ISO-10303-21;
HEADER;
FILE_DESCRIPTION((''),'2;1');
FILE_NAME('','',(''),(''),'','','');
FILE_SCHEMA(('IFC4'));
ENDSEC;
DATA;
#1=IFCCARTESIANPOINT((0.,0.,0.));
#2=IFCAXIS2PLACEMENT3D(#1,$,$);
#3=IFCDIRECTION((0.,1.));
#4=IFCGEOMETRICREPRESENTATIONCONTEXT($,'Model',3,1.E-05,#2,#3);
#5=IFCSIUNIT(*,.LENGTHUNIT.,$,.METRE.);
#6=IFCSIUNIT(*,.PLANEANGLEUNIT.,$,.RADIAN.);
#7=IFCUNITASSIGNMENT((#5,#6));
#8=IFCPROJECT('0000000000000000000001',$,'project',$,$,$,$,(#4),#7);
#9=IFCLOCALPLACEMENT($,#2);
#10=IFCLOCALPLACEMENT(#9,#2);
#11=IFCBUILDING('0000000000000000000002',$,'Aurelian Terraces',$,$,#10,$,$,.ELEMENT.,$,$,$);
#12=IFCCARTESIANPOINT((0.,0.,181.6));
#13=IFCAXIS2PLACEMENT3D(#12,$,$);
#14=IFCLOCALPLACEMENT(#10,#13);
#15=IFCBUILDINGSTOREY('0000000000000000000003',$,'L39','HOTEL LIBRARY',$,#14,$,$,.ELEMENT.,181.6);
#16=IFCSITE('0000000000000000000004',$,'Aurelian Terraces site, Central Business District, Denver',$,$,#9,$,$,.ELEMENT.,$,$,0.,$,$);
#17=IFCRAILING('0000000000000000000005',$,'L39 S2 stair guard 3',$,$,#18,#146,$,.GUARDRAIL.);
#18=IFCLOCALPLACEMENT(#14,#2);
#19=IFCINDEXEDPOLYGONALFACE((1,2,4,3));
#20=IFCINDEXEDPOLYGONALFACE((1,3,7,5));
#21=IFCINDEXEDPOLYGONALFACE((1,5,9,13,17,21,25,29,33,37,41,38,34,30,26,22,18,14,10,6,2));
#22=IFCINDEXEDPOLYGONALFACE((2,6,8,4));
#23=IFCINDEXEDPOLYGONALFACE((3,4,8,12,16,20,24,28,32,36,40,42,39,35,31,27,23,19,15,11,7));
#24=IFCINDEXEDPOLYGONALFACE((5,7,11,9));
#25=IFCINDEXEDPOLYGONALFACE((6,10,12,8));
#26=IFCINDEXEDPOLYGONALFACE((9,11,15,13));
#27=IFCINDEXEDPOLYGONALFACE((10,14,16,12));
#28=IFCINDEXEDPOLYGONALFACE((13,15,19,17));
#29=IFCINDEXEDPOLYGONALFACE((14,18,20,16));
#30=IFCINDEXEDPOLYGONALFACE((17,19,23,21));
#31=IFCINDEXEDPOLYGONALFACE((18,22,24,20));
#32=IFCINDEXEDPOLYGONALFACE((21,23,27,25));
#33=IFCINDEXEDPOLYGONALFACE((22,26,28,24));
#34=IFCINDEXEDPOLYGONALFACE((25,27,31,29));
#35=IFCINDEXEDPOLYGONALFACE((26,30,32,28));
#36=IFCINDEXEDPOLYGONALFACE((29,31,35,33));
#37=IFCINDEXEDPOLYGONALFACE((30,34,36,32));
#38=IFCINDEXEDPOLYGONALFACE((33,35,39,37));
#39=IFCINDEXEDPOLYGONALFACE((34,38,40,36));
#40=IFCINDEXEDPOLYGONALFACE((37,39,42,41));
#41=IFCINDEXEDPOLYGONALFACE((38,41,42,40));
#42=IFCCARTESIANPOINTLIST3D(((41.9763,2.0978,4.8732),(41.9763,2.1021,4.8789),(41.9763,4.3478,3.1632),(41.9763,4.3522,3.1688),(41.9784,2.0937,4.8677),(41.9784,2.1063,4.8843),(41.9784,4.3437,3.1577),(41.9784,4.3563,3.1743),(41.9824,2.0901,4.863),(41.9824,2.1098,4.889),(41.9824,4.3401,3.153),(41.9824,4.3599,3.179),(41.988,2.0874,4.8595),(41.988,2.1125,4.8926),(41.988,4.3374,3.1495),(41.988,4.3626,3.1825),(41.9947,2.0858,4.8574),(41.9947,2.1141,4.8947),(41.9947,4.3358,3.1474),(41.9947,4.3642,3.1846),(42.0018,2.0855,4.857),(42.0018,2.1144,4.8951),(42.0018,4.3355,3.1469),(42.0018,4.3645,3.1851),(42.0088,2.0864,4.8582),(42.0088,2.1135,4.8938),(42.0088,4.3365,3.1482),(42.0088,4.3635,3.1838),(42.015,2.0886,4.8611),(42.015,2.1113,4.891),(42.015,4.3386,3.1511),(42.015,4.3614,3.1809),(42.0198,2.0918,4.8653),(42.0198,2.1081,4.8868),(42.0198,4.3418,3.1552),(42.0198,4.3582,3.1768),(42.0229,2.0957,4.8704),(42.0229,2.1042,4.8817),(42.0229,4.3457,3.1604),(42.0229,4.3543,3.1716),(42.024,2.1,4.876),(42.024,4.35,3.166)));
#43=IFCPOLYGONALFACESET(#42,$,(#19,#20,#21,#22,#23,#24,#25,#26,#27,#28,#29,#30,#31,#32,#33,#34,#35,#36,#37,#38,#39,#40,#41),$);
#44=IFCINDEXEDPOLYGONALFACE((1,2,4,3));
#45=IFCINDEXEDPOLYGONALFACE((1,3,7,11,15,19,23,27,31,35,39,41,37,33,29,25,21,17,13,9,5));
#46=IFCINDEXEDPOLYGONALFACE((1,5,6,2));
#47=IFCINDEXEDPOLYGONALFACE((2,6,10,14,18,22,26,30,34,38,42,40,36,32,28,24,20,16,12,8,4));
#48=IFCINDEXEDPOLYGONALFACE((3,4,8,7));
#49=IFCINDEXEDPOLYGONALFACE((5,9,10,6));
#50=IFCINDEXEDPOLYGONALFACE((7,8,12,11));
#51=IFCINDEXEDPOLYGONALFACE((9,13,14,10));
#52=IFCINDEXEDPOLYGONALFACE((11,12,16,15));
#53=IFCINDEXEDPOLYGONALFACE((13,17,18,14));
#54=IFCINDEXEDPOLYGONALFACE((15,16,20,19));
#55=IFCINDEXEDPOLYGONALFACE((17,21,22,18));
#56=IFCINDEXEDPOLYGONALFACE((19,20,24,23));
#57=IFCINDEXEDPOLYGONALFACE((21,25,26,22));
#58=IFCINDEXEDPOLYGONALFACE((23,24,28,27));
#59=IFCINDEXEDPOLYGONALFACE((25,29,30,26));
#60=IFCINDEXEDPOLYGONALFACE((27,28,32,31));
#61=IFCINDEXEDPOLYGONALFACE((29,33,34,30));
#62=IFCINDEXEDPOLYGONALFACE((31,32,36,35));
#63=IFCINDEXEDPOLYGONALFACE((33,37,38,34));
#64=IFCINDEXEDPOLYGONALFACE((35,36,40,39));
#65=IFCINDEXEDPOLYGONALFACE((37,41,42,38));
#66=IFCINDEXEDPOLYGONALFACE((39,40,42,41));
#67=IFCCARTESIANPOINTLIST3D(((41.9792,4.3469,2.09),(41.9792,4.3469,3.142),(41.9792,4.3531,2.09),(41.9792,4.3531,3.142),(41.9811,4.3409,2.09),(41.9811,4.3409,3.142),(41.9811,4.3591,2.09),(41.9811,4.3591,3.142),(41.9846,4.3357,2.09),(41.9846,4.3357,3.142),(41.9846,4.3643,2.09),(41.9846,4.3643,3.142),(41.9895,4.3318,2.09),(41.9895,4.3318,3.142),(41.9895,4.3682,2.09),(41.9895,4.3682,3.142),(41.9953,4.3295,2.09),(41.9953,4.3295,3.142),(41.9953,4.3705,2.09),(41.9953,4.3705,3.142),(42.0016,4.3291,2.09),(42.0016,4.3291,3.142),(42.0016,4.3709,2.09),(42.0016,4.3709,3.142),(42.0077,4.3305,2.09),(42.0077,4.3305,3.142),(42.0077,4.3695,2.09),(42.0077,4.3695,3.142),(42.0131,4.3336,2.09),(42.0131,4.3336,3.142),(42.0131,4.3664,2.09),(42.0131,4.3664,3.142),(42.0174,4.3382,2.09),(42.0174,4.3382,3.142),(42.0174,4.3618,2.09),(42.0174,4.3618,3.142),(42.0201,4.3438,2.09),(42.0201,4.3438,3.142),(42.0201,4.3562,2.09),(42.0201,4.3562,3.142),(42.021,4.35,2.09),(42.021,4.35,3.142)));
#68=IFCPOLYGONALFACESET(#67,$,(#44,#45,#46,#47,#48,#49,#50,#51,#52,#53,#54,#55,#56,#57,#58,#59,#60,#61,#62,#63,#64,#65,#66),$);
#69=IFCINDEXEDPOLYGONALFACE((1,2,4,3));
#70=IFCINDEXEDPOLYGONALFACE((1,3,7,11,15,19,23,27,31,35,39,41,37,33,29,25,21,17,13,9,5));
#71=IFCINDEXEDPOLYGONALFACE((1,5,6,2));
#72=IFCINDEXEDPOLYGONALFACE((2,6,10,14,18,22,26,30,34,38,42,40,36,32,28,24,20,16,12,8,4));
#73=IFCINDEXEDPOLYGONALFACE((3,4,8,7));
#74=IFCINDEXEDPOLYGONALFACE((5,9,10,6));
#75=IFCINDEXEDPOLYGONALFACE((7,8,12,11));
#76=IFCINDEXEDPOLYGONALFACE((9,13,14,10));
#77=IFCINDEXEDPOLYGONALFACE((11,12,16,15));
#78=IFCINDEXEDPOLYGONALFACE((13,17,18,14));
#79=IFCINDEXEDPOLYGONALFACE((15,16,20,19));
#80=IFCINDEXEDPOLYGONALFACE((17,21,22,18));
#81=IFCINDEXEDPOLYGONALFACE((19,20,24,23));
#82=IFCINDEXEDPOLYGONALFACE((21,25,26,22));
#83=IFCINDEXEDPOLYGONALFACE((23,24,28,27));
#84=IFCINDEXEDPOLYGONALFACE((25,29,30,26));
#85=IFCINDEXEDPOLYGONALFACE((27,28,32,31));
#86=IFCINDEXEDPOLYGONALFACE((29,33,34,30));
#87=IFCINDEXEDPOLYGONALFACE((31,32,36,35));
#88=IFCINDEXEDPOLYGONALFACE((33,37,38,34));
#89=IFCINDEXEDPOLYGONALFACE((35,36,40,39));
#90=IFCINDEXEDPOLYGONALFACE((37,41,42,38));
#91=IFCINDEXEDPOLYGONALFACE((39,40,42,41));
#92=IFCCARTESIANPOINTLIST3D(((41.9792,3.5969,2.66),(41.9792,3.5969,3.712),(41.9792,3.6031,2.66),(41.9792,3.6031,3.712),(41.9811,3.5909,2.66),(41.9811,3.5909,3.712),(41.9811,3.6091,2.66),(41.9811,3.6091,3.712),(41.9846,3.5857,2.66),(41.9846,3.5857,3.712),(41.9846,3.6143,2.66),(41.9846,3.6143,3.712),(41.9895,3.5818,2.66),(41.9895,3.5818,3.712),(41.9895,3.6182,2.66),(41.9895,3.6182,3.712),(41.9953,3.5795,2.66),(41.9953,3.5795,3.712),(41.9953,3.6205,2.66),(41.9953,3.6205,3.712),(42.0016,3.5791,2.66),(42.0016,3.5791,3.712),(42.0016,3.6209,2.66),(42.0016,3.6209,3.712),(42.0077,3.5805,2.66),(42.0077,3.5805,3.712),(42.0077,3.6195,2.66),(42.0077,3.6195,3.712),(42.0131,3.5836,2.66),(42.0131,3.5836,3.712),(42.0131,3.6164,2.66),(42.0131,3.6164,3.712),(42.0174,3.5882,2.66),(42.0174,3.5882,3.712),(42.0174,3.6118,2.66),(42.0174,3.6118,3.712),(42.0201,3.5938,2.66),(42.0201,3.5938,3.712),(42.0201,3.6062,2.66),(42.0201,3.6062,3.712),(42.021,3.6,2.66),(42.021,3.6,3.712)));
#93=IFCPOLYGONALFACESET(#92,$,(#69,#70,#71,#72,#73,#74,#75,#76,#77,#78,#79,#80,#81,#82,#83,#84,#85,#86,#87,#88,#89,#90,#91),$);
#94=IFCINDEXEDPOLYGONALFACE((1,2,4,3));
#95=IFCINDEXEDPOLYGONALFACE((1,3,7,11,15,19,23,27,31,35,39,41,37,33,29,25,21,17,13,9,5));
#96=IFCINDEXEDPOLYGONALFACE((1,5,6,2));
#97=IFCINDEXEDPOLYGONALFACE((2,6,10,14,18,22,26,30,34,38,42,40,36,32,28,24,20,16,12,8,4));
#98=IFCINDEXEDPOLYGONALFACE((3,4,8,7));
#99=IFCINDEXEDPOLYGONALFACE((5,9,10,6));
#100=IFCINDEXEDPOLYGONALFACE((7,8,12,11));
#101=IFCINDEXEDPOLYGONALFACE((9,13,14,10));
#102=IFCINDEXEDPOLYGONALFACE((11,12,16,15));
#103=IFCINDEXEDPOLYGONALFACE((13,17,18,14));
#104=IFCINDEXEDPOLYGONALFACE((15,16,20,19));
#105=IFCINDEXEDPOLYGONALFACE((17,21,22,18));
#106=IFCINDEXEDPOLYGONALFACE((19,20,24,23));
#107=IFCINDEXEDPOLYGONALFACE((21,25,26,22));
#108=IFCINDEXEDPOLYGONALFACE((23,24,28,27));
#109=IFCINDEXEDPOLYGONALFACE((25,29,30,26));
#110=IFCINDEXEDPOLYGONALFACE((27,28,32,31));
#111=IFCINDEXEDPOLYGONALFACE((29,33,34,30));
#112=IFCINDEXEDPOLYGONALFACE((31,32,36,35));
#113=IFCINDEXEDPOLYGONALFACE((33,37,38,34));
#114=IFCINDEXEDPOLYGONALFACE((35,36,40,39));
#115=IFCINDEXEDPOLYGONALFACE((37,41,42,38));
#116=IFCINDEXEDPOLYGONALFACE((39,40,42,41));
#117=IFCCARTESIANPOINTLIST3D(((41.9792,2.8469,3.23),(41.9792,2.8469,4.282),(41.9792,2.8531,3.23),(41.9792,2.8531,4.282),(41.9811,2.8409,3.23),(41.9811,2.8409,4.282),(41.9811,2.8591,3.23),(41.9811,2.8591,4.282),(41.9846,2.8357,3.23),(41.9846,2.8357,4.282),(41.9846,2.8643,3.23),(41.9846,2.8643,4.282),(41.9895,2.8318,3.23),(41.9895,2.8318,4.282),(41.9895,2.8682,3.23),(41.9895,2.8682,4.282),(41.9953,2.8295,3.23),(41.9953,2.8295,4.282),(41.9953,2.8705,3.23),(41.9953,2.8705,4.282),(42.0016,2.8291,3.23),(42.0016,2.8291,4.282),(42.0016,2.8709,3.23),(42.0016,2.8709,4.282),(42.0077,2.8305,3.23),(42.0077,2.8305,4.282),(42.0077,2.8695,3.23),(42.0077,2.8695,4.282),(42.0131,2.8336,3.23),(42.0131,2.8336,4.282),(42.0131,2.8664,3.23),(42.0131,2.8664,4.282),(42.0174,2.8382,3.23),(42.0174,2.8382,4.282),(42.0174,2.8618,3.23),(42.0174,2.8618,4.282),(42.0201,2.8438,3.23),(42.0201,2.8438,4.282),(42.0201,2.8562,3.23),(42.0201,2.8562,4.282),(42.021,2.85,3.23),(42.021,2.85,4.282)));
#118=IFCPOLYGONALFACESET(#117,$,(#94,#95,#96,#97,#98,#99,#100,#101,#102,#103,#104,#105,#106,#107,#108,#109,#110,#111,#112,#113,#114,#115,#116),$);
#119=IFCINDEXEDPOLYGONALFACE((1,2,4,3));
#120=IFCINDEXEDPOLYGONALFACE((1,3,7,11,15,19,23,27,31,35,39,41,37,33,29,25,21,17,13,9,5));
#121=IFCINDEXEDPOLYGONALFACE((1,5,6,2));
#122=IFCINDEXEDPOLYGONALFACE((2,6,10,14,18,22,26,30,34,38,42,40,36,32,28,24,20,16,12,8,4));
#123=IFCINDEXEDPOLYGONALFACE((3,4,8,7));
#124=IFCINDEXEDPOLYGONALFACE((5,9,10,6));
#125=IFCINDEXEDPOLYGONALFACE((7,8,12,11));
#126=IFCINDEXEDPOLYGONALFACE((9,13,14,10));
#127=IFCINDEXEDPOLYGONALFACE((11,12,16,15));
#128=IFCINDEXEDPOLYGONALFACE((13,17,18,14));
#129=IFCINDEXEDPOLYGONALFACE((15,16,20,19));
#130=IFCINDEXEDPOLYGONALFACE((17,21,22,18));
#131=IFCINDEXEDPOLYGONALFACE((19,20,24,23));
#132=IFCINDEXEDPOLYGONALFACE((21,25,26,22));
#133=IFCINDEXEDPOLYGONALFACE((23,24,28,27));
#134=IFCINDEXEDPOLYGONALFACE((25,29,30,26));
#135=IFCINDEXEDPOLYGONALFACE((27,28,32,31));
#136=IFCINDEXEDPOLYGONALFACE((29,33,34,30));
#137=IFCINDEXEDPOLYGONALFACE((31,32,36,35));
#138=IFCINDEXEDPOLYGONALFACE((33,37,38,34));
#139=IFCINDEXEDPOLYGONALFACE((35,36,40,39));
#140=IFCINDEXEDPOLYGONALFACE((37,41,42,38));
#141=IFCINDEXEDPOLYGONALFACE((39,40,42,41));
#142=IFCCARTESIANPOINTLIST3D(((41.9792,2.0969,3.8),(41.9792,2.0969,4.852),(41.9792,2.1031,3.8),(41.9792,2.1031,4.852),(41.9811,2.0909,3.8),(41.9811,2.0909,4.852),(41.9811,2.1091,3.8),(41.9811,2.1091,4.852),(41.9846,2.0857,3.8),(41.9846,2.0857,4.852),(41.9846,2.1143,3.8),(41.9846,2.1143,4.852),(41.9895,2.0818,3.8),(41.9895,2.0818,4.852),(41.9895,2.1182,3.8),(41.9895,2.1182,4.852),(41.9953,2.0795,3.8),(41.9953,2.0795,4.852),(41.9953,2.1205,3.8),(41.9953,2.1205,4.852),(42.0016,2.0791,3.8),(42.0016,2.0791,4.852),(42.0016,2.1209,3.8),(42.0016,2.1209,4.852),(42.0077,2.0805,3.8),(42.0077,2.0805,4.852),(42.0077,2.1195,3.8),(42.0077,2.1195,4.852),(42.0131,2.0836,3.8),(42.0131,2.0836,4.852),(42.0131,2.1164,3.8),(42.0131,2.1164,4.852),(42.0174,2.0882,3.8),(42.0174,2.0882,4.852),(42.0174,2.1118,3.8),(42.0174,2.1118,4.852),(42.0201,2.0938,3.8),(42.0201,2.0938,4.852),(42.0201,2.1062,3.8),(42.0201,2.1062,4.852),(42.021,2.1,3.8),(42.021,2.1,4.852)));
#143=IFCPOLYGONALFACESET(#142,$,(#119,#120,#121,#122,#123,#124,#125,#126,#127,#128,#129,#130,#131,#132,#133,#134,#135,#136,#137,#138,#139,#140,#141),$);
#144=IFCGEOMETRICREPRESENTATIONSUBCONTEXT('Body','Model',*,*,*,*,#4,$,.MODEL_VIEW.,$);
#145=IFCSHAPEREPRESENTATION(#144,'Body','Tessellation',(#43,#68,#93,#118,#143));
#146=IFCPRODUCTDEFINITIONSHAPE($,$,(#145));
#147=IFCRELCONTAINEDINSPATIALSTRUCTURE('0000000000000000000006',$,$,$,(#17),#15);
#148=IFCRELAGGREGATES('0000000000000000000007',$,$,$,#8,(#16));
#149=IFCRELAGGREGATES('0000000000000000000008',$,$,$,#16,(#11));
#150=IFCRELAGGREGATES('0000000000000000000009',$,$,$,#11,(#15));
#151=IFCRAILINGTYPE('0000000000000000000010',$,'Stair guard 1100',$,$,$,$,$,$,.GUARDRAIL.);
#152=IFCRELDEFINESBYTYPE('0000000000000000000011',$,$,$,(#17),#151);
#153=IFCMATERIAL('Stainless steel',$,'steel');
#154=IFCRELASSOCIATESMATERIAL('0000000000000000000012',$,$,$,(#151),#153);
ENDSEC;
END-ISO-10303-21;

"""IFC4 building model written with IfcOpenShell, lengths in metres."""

from ifc_helpers import new_model, si_unit, direction, frame, origin, origin_2d, place, context, subcontext, project, spatial, circle, extrude, source, transform, mapped, material, type_object, element, save


model = new_model("IFC4")

# Units and contexts
model_context = context("Model", 3, precision=1e-05, world=origin(), true_north=direction((0.0, 1.0)))
body_context = subcontext(model_context, "Body", "Model", "MODEL_VIEW")
ifc_project = project(units=[si_unit("LENGTHUNIT", "METRE"), si_unit("PLANEANGLEUNIT", "RADIAN")], contexts=[model_context])

# Site, building, storey
site_placement = place(None, origin())
site = spatial("IfcSite", under=ifc_project, at=site_placement, Name="Aurelian Terraces site, Central Business District, Denver", CompositionType="ELEMENT", RefElevation=0.0)
building_placement = place(site_placement, origin())
building = spatial("IfcBuilding", under=site, at=building_placement, Name="Aurelian Terraces", CompositionType="ELEMENT")
storey_placement = place(building_placement, frame((0.0, 0.0, 181.6)))
storey = spatial("IfcBuildingStorey", under=building, at=storey_placement, Name="L39", Description="HOTEL LIBRARY", CompositionType="ELEMENT", Elevation=181.6)

# Railing
ifc_material_1 = material(Name="Stainless steel", Category="steel")
railing_type_1 = type_object("IfcRailingType", Name="Stair guard 1100", PredefinedType="GUARDRAIL", material=ifc_material_1)
shared_shape_1 = source(origin(), body_context, "Body", "SweptSolid", [
    extrude(circle(Radius=0.024, at=origin_2d()), frame((0.0, 0.0, 1.076), z_axis=(0.0, -0.796162, 0.605083), x_axis=(1.0, 0.0, 0.0)), (0.0, 0.0, 1.0), 2.8261),
    extrude(circle(Radius=0.021, at=origin_2d()), origin(), (0.0, 0.0, 1.0), 1.052),
    extrude(circle(Radius=0.021, at=origin_2d()), frame((0.0, -0.75, 0.57)), (0.0, 0.0, 1.0), 1.052),
    extrude(circle(Radius=0.021, at=origin_2d()), frame((0.0, -1.5, 1.14)), (0.0, 0.0, 1.0), 1.052),
    extrude(circle(Radius=0.021, at=origin_2d()), frame((0.0, -2.25, 1.71)), (0.0, 0.0, 1.0), 1.052),
])
railing_1_placement = place(storey_placement, frame((42.0, 4.35, 2.09)))
element("IfcRailing", 1, at=railing_1_placement, inside=storey, type_object=railing_type_1, Name="L39 S2 stair guard 3", PredefinedType="GUARDRAIL", context=body_context, shape_type="MappedRepresentation", body=[
    mapped(shared_shape_1, transform((0.0, 0.0, 0.0), scale=1.0)),
])

save(model, "model.ifc")
